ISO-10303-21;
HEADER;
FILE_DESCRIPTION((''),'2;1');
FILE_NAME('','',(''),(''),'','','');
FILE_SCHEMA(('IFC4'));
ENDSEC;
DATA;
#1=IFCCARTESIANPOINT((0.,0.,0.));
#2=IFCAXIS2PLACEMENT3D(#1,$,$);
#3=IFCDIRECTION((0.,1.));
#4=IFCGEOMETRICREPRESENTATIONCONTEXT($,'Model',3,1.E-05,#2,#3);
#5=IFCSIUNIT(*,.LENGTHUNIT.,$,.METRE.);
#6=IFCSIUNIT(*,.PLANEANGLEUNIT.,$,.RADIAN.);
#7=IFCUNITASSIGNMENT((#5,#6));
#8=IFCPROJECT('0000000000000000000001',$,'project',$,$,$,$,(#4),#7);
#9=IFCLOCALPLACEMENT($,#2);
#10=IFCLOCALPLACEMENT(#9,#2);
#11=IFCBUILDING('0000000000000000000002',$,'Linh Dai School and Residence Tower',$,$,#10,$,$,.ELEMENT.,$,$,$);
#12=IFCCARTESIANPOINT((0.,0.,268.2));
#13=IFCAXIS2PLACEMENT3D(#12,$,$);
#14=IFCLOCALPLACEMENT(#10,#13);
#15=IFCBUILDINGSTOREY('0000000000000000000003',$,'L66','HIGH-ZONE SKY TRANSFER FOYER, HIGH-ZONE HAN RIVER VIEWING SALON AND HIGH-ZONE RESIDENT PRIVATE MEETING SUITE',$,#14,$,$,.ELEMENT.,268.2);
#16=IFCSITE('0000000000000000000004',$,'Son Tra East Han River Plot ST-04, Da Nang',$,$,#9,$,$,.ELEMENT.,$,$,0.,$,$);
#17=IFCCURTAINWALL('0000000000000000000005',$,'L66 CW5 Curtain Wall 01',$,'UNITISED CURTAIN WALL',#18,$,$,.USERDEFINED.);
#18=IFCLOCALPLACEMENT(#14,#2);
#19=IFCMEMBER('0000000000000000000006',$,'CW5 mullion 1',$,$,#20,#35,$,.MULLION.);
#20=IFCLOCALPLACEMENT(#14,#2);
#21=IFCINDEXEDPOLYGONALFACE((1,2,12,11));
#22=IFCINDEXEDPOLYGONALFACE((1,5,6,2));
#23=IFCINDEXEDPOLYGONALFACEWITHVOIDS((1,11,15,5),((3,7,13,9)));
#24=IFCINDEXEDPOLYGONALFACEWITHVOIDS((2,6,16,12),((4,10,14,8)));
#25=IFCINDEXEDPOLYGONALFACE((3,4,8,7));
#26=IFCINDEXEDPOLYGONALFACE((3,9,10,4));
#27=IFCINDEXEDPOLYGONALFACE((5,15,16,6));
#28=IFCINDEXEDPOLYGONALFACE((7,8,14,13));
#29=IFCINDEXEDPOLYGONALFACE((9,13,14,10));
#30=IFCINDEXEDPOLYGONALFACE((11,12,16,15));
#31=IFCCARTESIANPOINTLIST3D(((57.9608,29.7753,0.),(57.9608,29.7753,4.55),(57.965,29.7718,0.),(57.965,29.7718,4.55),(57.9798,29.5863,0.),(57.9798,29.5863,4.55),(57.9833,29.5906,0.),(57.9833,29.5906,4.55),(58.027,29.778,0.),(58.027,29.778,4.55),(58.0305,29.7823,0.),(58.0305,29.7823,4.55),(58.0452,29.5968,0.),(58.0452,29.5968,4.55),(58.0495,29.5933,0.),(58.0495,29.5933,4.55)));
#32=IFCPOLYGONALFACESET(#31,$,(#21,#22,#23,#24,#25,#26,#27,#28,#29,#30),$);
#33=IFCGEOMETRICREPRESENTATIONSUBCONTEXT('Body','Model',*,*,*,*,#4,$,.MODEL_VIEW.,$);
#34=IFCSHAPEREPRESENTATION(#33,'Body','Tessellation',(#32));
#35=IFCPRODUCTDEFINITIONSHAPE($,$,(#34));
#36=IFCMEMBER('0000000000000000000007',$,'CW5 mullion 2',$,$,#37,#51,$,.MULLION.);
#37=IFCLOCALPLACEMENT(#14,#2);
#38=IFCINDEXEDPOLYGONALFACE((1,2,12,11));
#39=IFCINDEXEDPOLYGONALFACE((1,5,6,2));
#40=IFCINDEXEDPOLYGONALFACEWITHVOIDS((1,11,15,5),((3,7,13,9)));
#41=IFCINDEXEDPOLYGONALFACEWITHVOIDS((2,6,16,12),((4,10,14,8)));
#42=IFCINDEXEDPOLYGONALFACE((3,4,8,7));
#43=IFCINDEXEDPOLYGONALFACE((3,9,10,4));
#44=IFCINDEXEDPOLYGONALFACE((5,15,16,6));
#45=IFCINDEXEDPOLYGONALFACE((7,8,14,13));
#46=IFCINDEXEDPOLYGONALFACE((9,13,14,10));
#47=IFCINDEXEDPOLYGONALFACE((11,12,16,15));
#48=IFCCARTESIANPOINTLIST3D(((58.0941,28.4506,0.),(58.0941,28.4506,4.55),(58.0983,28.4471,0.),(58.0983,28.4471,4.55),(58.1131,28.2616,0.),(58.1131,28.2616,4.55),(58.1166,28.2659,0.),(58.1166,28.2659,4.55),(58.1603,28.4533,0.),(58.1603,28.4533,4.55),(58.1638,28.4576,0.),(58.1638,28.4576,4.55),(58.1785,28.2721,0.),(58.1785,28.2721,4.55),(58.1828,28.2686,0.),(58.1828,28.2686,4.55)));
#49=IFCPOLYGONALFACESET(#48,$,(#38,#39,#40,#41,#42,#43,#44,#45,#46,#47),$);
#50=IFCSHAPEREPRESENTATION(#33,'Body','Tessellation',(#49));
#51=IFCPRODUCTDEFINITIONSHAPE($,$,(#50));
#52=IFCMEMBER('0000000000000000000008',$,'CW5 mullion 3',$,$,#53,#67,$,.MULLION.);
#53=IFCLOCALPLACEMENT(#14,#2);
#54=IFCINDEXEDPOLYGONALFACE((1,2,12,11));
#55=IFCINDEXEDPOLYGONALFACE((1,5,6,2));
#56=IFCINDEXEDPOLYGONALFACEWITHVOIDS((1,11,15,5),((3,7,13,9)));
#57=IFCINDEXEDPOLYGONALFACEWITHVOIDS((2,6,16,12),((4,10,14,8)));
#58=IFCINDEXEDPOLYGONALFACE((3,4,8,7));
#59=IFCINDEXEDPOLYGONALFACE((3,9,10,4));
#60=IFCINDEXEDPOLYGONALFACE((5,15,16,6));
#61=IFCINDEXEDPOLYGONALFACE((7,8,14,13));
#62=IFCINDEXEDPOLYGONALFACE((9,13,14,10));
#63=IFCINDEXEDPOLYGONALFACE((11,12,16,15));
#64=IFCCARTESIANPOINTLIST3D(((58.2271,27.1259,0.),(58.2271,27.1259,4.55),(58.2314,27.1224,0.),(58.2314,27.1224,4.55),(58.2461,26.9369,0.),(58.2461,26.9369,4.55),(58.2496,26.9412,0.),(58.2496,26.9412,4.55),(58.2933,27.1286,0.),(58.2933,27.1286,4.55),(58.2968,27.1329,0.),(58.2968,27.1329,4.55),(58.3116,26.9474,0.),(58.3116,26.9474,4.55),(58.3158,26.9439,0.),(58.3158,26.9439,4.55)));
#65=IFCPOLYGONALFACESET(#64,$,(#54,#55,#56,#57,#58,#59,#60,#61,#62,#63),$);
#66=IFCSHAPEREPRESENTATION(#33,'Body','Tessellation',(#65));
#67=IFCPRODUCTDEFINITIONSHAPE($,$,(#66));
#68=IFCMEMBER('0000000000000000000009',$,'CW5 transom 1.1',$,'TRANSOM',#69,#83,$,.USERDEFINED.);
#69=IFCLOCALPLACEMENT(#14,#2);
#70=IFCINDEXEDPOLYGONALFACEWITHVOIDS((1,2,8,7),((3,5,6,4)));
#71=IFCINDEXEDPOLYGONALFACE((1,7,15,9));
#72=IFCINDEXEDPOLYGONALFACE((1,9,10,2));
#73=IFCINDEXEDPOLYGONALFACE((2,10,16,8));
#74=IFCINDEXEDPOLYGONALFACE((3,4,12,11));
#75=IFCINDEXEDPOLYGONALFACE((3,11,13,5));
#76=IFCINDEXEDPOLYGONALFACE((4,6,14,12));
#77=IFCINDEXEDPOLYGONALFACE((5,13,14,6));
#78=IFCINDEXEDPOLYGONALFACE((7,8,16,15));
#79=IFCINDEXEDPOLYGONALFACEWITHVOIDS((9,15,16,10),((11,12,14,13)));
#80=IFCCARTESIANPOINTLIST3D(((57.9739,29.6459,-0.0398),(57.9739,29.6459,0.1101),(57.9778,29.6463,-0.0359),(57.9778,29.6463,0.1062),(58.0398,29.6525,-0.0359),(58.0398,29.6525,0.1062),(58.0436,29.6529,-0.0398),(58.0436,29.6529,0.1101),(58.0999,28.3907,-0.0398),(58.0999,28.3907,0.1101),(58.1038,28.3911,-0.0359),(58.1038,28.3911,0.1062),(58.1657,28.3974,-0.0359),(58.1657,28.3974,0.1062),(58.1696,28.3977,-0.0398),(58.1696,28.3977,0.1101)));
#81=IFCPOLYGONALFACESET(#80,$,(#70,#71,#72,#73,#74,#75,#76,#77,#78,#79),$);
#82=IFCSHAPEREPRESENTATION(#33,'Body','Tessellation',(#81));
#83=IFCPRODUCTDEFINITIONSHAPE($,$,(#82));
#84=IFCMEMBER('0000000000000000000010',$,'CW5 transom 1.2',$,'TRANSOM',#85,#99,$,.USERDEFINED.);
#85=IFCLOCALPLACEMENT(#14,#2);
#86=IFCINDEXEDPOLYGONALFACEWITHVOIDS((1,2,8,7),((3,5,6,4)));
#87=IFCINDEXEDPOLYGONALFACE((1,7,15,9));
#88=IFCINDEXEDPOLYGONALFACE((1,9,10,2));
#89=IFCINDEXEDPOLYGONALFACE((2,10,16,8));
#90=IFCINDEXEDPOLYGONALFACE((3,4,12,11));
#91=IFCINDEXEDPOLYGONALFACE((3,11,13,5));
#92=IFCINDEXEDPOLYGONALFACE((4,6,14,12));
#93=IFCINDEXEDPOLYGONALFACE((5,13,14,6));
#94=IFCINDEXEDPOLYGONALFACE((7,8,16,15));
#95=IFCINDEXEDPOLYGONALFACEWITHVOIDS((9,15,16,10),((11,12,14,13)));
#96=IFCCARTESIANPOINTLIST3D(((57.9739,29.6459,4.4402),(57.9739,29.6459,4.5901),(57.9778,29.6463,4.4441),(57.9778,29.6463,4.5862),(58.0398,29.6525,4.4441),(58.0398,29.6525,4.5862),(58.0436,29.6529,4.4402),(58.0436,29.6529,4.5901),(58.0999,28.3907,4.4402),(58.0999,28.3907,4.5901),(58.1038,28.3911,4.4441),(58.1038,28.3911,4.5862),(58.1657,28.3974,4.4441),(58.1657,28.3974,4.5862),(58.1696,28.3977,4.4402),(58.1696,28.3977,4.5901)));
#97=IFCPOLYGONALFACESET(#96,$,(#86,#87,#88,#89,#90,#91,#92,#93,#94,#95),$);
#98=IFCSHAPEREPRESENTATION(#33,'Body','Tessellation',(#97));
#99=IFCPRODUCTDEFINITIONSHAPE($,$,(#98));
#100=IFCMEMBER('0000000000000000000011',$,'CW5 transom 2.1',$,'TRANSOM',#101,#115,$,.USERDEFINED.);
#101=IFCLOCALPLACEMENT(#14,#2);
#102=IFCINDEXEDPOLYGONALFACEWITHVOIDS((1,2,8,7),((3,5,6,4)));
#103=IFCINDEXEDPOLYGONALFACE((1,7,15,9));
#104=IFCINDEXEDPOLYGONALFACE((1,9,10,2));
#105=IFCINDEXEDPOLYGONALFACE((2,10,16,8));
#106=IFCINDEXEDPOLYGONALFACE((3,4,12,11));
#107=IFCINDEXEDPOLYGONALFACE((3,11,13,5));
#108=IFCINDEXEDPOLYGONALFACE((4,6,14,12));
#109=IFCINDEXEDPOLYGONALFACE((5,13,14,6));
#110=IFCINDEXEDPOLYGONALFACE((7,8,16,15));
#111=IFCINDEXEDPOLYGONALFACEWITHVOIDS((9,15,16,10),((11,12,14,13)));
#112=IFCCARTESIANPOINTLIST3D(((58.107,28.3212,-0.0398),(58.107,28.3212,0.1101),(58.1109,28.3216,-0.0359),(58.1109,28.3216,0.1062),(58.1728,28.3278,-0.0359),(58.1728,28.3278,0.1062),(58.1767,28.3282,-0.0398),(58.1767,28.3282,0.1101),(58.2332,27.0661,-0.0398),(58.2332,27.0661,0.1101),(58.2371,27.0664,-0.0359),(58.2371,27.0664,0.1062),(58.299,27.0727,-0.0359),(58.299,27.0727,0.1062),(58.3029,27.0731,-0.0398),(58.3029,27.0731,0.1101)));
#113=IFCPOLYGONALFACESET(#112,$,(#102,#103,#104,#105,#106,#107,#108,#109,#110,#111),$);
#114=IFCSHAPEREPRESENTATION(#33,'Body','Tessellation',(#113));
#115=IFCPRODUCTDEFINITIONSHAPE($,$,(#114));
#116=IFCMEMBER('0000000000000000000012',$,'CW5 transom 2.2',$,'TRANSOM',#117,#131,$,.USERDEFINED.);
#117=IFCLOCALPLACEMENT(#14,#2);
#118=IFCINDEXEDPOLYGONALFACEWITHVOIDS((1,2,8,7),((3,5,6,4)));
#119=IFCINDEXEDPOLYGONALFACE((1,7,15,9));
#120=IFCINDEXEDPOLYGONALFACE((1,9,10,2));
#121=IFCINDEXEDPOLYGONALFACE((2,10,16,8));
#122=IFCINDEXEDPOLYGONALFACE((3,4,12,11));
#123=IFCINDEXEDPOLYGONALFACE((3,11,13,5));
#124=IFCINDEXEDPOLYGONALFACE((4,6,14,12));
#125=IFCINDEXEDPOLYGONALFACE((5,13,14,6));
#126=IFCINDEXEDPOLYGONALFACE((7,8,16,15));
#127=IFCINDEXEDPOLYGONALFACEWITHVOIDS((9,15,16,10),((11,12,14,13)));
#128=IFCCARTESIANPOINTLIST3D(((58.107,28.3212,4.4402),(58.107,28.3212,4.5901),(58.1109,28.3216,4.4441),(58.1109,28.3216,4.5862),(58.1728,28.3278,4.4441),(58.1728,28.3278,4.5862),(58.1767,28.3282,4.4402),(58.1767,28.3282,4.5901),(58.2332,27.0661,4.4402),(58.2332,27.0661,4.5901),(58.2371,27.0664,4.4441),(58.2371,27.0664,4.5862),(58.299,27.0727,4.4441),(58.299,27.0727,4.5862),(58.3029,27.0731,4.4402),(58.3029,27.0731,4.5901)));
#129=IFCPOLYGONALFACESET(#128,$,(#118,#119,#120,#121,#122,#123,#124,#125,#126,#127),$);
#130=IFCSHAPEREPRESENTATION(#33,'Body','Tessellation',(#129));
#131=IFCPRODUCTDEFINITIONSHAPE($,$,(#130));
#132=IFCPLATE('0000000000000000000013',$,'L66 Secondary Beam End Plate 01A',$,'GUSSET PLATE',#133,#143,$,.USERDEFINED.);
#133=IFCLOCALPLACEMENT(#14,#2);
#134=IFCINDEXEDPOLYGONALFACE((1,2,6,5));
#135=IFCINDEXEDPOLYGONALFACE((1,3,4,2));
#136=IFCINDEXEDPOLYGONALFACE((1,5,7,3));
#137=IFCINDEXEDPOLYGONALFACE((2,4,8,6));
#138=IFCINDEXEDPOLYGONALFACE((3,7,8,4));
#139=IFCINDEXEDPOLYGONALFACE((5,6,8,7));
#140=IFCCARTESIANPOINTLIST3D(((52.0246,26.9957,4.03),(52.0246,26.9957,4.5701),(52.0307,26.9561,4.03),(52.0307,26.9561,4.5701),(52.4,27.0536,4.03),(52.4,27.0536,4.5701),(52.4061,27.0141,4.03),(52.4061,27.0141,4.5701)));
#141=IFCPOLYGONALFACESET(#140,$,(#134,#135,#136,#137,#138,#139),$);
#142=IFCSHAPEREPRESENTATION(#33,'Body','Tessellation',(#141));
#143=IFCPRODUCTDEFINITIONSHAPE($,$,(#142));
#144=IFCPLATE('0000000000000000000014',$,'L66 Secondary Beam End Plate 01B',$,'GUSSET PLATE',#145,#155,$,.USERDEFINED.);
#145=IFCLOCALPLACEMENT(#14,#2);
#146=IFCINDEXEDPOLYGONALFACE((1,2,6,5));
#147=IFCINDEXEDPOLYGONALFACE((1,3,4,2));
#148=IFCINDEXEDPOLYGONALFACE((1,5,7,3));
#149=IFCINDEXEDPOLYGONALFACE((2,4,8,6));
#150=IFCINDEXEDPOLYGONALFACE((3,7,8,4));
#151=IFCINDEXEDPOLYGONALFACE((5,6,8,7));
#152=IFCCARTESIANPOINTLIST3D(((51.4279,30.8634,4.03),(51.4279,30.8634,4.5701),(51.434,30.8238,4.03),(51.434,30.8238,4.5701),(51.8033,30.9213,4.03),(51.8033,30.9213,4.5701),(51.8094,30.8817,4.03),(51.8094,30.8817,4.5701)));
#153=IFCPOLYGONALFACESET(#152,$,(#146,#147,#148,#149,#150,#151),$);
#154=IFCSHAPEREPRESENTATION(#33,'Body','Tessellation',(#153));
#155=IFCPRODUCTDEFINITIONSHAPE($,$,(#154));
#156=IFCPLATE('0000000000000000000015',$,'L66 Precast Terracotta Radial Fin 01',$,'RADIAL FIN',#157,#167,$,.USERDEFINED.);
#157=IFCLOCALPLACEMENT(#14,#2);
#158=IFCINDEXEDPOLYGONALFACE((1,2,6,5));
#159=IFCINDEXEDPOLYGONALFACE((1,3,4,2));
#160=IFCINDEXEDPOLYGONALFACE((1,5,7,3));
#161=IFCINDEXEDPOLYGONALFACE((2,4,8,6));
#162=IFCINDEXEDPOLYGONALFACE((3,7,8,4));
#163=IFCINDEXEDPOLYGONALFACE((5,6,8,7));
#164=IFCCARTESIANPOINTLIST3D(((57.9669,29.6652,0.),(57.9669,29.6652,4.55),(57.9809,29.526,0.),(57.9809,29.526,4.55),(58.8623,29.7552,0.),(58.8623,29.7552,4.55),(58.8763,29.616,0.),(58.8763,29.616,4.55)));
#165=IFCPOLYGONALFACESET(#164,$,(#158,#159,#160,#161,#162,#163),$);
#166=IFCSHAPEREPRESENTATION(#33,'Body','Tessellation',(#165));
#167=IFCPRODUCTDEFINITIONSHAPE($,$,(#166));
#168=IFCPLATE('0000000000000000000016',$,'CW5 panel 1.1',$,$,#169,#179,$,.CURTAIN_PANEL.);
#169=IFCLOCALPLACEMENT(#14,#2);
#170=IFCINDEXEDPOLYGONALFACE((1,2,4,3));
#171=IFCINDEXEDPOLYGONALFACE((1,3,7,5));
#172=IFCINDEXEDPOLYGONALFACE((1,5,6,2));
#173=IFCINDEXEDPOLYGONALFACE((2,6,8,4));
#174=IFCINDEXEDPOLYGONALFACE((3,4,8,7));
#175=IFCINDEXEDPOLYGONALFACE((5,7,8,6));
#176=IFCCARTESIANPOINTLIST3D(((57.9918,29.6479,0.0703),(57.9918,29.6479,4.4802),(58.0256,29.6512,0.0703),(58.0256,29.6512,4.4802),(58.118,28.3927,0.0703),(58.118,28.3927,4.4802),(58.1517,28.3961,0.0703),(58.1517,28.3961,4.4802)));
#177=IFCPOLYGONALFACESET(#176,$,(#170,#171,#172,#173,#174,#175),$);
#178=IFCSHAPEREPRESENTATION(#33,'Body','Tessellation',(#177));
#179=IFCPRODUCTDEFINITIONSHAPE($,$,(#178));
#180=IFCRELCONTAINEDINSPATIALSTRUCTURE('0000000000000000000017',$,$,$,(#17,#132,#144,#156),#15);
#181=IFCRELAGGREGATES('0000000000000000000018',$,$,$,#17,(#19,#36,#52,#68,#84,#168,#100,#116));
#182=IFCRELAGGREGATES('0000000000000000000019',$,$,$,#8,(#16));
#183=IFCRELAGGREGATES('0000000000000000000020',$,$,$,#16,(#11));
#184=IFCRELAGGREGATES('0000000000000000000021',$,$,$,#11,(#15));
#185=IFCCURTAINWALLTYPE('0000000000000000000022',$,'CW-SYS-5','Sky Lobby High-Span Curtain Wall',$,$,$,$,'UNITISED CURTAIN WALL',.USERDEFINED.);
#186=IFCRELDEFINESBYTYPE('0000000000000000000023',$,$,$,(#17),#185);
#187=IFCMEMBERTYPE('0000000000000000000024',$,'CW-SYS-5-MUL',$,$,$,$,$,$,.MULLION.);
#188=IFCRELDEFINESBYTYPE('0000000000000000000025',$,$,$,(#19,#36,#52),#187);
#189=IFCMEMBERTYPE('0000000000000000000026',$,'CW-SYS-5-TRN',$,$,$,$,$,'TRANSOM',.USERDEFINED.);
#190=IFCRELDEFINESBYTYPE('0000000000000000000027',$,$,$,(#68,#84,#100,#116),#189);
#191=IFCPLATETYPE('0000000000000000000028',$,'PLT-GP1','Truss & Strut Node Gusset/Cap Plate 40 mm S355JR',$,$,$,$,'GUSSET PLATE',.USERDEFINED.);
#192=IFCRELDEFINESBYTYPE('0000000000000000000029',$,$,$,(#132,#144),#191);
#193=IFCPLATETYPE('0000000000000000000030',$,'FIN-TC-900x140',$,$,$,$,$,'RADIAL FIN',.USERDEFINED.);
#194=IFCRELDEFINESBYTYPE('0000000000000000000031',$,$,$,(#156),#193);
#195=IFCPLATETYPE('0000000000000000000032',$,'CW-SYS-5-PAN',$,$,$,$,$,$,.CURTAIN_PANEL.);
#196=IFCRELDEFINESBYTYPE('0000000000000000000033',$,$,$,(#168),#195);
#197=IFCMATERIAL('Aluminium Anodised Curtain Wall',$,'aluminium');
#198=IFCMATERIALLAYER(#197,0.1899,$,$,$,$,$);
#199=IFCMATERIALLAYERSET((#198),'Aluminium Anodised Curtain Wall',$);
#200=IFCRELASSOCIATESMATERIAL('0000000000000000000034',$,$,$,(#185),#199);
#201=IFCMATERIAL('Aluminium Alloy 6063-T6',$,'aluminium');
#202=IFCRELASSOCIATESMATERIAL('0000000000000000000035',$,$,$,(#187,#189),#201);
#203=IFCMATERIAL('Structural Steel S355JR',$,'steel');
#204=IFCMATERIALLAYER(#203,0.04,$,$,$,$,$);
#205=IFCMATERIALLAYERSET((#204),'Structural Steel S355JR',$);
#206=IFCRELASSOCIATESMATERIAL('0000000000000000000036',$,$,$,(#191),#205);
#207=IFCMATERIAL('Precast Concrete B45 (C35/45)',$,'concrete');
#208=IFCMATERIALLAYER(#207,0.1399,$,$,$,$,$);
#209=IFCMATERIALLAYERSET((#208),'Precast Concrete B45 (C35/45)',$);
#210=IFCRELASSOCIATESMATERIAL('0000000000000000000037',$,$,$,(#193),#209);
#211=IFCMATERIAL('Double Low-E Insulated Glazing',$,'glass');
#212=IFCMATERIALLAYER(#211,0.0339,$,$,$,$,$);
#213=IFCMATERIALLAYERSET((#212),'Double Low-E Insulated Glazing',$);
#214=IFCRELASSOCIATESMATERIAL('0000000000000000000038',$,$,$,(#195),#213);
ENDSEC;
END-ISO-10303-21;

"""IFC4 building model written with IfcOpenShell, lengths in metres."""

from ifc_helpers import new_model, si_unit, direction, frame, origin, origin_2d, place, context, subcontext, project, spatial, rectangle, hollow_rectangle, extrude, source, transform, mapped, material, layer, layer_set, material_profile, profile_set, type_object, element, aggregate, save


model = new_model("IFC4")

# Units and contexts
model_context = context("Model", 3, precision=1e-05, world=origin(), true_north=direction((0.0, 1.0)))
body_context = subcontext(model_context, "Body", "Model", "MODEL_VIEW")
ifc_project = project(units=[si_unit("LENGTHUNIT", "METRE"), si_unit("PLANEANGLEUNIT", "RADIAN")], contexts=[model_context])

# Site, building, storey
site_placement = place(None, origin())
site = spatial("IfcSite", under=ifc_project, at=site_placement, Name="Son Tra East Han River Plot ST-04, Da Nang", CompositionType="ELEMENT", RefElevation=0.0)
building_placement = place(site_placement, origin())
building = spatial("IfcBuilding", under=site, at=building_placement, Name="Linh Dai School and Residence Tower", CompositionType="ELEMENT")
storey_placement = place(building_placement, frame((0.0, 0.0, 268.2)))
storey = spatial("IfcBuildingStorey", under=building, at=storey_placement, Name="L66", Description="HIGH-ZONE SKY TRANSFER FOYER, HIGH-ZONE HAN RIVER VIEWING SALON AND HIGH-ZONE RESIDENT PRIVATE MEETING SUITE", CompositionType="ELEMENT", Elevation=268.2)

# Shared definitions
ifc_material_1 = material(Name="Structural Steel S355JR", Category="steel")

# Curtain wall, members
ifc_material_2 = material(Name="Aluminium Anodised Curtain Wall", Category="aluminium")
ifc_layer_1 = layer(ifc_material_2, 0.1899)
ifc_layer_set_1 = layer_set([ifc_layer_1], Name="Aluminium Anodised Curtain Wall")
curtain_wall_type = type_object("IfcCurtainWallType", Name="CW-SYS-5", Description="Sky Lobby High-Span Curtain Wall", ElementType="UNITISED CURTAIN WALL", PredefinedType="USERDEFINED", material=ifc_layer_set_1)
curtain_wall_placement = place(storey_placement, origin())
curtain_wall = element("IfcCurtainWall", 1, at=curtain_wall_placement, inside=storey, type_object=curtain_wall_type, Name="L66 CW5 Curtain Wall 01", ObjectType="UNITISED CURTAIN WALL", PredefinedType="USERDEFINED")
ifc_material_3 = material(Name="Aluminium Alloy 6063-T6", Category="aluminium")
ifc_material_profile_1 = material_profile(ifc_material_3, hollow_rectangle(XDim=0.0701, YDim=0.1899, WallThickness=0.0039, at=origin_2d()), Name="RHS 190x70x4")
ifc_profile_set_1 = profile_set([ifc_material_profile_1], Name="Aluminium Alloy 6063-T6")
member_type_1 = type_object("IfcMemberType", Name="CW-SYS-5-MUL", PredefinedType="MULLION", material=ifc_profile_set_1)
shared_shape_1 = source(origin(), body_context, "Body", "SweptSolid", [
    extrude(hollow_rectangle(XDim=0.0701, YDim=0.1899, WallThickness=0.0039, at=origin_2d()), origin(), (0.0, 0.0, 1.0), 4.55),
])
member_1_placement = place(storey_placement, frame((58.0051, 29.6843, 0.0), z_axis=(0.0, 0.0, 1.0), x_axis=(0.994987, 0.100008, 0.0)))
member_1 = element("IfcMember", 2, at=member_1_placement, type_object=member_type_1, Name="CW5 mullion 1", PredefinedType="MULLION", context=body_context, shape_type="MappedRepresentation", body=[
    mapped(shared_shape_1, transform((0.0, 0.0, 0.0), x_axis=(1.0, 0.0, 0.0), y_axis=(0.0, 1.0, 0.0), z_axis=(0.0, 0.0, 1.0), scale=1.0)),
])
member_2_placement = place(storey_placement, frame((58.1384, 28.3596, 0.0), z_axis=(0.0, 0.0, 1.0), x_axis=(0.994987, 0.100008, 0.0)))
member_2 = element("IfcMember", 3, at=member_2_placement, type_object=member_type_1, Name="CW5 mullion 2", PredefinedType="MULLION", context=body_context, shape_type="MappedRepresentation", body=[
    mapped(shared_shape_1, transform((0.0, 0.0, 0.0), x_axis=(1.0, 0.0, 0.0), y_axis=(0.0, 1.0, 0.0), z_axis=(0.0, 0.0, 1.0), scale=1.0)),
])
member_3_placement = place(storey_placement, frame((58.2715, 27.0349, 0.0), z_axis=(0.0, 0.0, 1.0), x_axis=(0.994987, 0.100008, 0.0)))
member_3 = element("IfcMember", 4, at=member_3_placement, type_object=member_type_1, Name="CW5 mullion 3", PredefinedType="MULLION", context=body_context, shape_type="MappedRepresentation", body=[
    mapped(shared_shape_1, transform((0.0, 0.0, 0.0), x_axis=(1.0, 0.0, 0.0), y_axis=(0.0, 1.0, 0.0), z_axis=(0.0, 0.0, 1.0), scale=1.0)),
])
ifc_material_profile_2 = material_profile(ifc_material_3, hollow_rectangle(XDim=0.0701, YDim=0.1499, WallThickness=0.0039, at=origin_2d()), Name="RHS 150x70x4")
ifc_profile_set_2 = profile_set([ifc_material_profile_2], Name="Aluminium Alloy 6063-T6")
member_type_2 = type_object("IfcMemberType", Name="CW-SYS-5-TRN", ElementType="TRANSOM", PredefinedType="USERDEFINED", material=ifc_profile_set_2)
shared_shape_2 = source(origin(), body_context, "Body", "SweptSolid", [
    extrude(hollow_rectangle(XDim=0.0701, YDim=0.1499, WallThickness=0.0039, at=origin_2d()), origin(), (0.0, 0.0, 1.0), 1.2615),
])
member_4_placement = place(storey_placement, frame((58.0088, 29.6494, 0.0352), z_axis=(0.099868, -0.995001, 0.0), x_axis=(0.995001, 0.099868, 0.0)))
member_4 = element("IfcMember", 5, at=member_4_placement, type_object=member_type_2, Name="CW5 transom 1.1", ObjectType="TRANSOM", PredefinedType="USERDEFINED", context=body_context, shape_type="MappedRepresentation", body=[
    mapped(shared_shape_2, transform((0.0, 0.0, 0.0), x_axis=(1.0, 0.0, 0.0), y_axis=(0.0, 1.0, 0.0), z_axis=(0.0, 0.0, 1.0), scale=1.0)),
])
member_5_placement = place(storey_placement, frame((58.0088, 29.6494, 4.5151), z_axis=(0.099868, -0.995001, 0.0), x_axis=(0.995001, 0.099868, 0.0)))
member_5 = element("IfcMember", 6, at=member_5_placement, type_object=member_type_2, Name="CW5 transom 1.2", ObjectType="TRANSOM", PredefinedType="USERDEFINED", context=body_context, shape_type="MappedRepresentation", body=[
    mapped(shared_shape_2, transform((0.0, 0.0, 0.0), x_axis=(1.0, 0.0, 0.0), y_axis=(0.0, 1.0, 0.0), z_axis=(0.0, 0.0, 1.0), scale=1.0)),
])
member_6_placement = place(storey_placement, frame((58.1418, 28.3247, 0.0352), z_axis=(0.100059, -0.994981, 0.0), x_axis=(0.994981, 0.100059, 0.0)))
member_6 = element("IfcMember", 7, at=member_6_placement, type_object=member_type_2, Name="CW5 transom 2.1", ObjectType="TRANSOM", PredefinedType="USERDEFINED", context=body_context, shape_type="MappedRepresentation", body=[
    mapped(shared_shape_2, transform((0.0, 0.0, 0.0), x_axis=(1.0, 0.0, 0.0), y_axis=(0.0, 1.0, 0.0), z_axis=(0.0, 0.0, 1.0), scale=1.0)),
])
member_7_placement = place(storey_placement, frame((58.1418, 28.3247, 4.5151), z_axis=(0.100059, -0.994981, 0.0), x_axis=(0.994981, 0.100059, 0.0)))
member_7 = element("IfcMember", 8, at=member_7_placement, type_object=member_type_2, Name="CW5 transom 2.2", ObjectType="TRANSOM", PredefinedType="USERDEFINED", context=body_context, shape_type="MappedRepresentation", body=[
    mapped(shared_shape_2, transform((0.0, 0.0, 0.0), x_axis=(1.0, 0.0, 0.0), y_axis=(0.0, 1.0, 0.0), z_axis=(0.0, 0.0, 1.0), scale=1.0)),
])

# Plates
ifc_layer_2 = layer(ifc_material_1, 0.04)
ifc_layer_set_2 = layer_set([ifc_layer_2], Name="Structural Steel S355JR")
plate_type_1 = type_object("IfcPlateType", Name="PLT-GP1", Description="Truss & Strut Node Gusset/Cap Plate 40 mm S355JR", ElementType="GUSSET PLATE", PredefinedType="USERDEFINED", material=ifc_layer_set_2)
shared_shape_3 = source(origin(), body_context, "Body", "SweptSolid", [
    extrude(rectangle(XDim=0.04, YDim=0.3799, at=origin_2d()), origin(), (0.0, 0.0, 1.0), 0.54),
])
for number, where, z_axis, x_axis, name in (
    (9, (52.2153, 27.0049, 4.03), (0.0, 0.0, 1.0), (-0.152474, 0.988308, 0.0), "L66 Secondary Beam End Plate 01A"),
    (10, (51.6187, 30.8726, 4.03), (0.0, 0.0, 1.0), (-0.152474, 0.988308, 0.0), "L66 Secondary Beam End Plate 01B"),
):
    element("IfcPlate", number, at=place(storey_placement, frame(where, z_axis=z_axis, x_axis=x_axis)), inside=storey, type_object=plate_type_1, Name=name, ObjectType="GUSSET PLATE", PredefinedType="USERDEFINED", context=body_context, shape_type="MappedRepresentation", body=[
        mapped(shared_shape_3, transform((0.0, 0.0, 0.0), x_axis=(1.0, 0.0, 0.0), y_axis=(0.0, 1.0, 0.0), z_axis=(0.0, 0.0, 1.0), scale=1.0)),
    ])
ifc_material_4 = material(Name="Precast Concrete B45 (C35/45)", Category="concrete")
ifc_layer_3 = layer(ifc_material_4, 0.1399)
ifc_layer_set_3 = layer_set([ifc_layer_3], Name="Precast Concrete B45 (C35/45)")
plate_type_2 = type_object("IfcPlateType", Name="FIN-TC-900x140", ElementType="RADIAL FIN", PredefinedType="USERDEFINED", material=ifc_layer_set_3)
shared_shape_4 = source(origin(), body_context, "Body", "SweptSolid", [
    extrude(rectangle(XDim=0.8999, YDim=0.1399, at=origin_2d()), origin(), (0.0, 0.0, 1.0), 4.55),
])
plate_1_placement = place(storey_placement, frame((58.4216, 29.6406, 0.0), z_axis=(0.0, 0.0, 1.0), x_axis=(0.994987, 0.100008, 0.0)))
element("IfcPlate", 11, at=plate_1_placement, inside=storey, type_object=plate_type_2, Name="L66 Precast Terracotta Radial Fin 01", ObjectType="RADIAL FIN", PredefinedType="USERDEFINED", context=body_context, shape_type="MappedRepresentation", body=[
    mapped(shared_shape_4, transform((0.0, 0.0, 0.0), x_axis=(1.0, 0.0, 0.0), y_axis=(0.0, 1.0, 0.0), z_axis=(0.0, 0.0, 1.0), scale=1.0)),
])

# Plate
ifc_material_5 = material(Name="Double Low-E Insulated Glazing", Category="glass")
ifc_layer_4 = layer(ifc_material_5, 0.0339)
ifc_layer_set_4 = layer_set([ifc_layer_4], Name="Double Low-E Insulated Glazing")
plate_type_3 = type_object("IfcPlateType", Name="CW-SYS-5-PAN", PredefinedType="CURTAIN_PANEL", material=ifc_layer_set_4)
shared_shape_5 = source(origin(), body_context, "Body", "SweptSolid", [
    extrude(rectangle(XDim=1.2615, YDim=0.0339, at=origin_2d()), origin(), (0.0, 0.0, 1.0), 4.4099),
])
plate_2_placement = place(storey_placement, frame((58.0718, 29.022, 0.0703), z_axis=(0.0, 0.0, 1.0), x_axis=(0.100008, -0.994987, 0.0)))
plate_2 = element("IfcPlate", 12, at=plate_2_placement, type_object=plate_type_3, Name="CW5 panel 1.1", PredefinedType="CURTAIN_PANEL", context=body_context, shape_type="MappedRepresentation", body=[
    mapped(shared_shape_5, transform((0.0, 0.0, 0.0), x_axis=(1.0, 0.0, 0.0), y_axis=(0.0, 1.0, 0.0), z_axis=(0.0, 0.0, 1.0), scale=1.0)),
])
aggregate(curtain_wall, [member_1, member_2, member_3, member_4, member_5, plate_2, member_6, member_7])

save(model, "model.ifc")
